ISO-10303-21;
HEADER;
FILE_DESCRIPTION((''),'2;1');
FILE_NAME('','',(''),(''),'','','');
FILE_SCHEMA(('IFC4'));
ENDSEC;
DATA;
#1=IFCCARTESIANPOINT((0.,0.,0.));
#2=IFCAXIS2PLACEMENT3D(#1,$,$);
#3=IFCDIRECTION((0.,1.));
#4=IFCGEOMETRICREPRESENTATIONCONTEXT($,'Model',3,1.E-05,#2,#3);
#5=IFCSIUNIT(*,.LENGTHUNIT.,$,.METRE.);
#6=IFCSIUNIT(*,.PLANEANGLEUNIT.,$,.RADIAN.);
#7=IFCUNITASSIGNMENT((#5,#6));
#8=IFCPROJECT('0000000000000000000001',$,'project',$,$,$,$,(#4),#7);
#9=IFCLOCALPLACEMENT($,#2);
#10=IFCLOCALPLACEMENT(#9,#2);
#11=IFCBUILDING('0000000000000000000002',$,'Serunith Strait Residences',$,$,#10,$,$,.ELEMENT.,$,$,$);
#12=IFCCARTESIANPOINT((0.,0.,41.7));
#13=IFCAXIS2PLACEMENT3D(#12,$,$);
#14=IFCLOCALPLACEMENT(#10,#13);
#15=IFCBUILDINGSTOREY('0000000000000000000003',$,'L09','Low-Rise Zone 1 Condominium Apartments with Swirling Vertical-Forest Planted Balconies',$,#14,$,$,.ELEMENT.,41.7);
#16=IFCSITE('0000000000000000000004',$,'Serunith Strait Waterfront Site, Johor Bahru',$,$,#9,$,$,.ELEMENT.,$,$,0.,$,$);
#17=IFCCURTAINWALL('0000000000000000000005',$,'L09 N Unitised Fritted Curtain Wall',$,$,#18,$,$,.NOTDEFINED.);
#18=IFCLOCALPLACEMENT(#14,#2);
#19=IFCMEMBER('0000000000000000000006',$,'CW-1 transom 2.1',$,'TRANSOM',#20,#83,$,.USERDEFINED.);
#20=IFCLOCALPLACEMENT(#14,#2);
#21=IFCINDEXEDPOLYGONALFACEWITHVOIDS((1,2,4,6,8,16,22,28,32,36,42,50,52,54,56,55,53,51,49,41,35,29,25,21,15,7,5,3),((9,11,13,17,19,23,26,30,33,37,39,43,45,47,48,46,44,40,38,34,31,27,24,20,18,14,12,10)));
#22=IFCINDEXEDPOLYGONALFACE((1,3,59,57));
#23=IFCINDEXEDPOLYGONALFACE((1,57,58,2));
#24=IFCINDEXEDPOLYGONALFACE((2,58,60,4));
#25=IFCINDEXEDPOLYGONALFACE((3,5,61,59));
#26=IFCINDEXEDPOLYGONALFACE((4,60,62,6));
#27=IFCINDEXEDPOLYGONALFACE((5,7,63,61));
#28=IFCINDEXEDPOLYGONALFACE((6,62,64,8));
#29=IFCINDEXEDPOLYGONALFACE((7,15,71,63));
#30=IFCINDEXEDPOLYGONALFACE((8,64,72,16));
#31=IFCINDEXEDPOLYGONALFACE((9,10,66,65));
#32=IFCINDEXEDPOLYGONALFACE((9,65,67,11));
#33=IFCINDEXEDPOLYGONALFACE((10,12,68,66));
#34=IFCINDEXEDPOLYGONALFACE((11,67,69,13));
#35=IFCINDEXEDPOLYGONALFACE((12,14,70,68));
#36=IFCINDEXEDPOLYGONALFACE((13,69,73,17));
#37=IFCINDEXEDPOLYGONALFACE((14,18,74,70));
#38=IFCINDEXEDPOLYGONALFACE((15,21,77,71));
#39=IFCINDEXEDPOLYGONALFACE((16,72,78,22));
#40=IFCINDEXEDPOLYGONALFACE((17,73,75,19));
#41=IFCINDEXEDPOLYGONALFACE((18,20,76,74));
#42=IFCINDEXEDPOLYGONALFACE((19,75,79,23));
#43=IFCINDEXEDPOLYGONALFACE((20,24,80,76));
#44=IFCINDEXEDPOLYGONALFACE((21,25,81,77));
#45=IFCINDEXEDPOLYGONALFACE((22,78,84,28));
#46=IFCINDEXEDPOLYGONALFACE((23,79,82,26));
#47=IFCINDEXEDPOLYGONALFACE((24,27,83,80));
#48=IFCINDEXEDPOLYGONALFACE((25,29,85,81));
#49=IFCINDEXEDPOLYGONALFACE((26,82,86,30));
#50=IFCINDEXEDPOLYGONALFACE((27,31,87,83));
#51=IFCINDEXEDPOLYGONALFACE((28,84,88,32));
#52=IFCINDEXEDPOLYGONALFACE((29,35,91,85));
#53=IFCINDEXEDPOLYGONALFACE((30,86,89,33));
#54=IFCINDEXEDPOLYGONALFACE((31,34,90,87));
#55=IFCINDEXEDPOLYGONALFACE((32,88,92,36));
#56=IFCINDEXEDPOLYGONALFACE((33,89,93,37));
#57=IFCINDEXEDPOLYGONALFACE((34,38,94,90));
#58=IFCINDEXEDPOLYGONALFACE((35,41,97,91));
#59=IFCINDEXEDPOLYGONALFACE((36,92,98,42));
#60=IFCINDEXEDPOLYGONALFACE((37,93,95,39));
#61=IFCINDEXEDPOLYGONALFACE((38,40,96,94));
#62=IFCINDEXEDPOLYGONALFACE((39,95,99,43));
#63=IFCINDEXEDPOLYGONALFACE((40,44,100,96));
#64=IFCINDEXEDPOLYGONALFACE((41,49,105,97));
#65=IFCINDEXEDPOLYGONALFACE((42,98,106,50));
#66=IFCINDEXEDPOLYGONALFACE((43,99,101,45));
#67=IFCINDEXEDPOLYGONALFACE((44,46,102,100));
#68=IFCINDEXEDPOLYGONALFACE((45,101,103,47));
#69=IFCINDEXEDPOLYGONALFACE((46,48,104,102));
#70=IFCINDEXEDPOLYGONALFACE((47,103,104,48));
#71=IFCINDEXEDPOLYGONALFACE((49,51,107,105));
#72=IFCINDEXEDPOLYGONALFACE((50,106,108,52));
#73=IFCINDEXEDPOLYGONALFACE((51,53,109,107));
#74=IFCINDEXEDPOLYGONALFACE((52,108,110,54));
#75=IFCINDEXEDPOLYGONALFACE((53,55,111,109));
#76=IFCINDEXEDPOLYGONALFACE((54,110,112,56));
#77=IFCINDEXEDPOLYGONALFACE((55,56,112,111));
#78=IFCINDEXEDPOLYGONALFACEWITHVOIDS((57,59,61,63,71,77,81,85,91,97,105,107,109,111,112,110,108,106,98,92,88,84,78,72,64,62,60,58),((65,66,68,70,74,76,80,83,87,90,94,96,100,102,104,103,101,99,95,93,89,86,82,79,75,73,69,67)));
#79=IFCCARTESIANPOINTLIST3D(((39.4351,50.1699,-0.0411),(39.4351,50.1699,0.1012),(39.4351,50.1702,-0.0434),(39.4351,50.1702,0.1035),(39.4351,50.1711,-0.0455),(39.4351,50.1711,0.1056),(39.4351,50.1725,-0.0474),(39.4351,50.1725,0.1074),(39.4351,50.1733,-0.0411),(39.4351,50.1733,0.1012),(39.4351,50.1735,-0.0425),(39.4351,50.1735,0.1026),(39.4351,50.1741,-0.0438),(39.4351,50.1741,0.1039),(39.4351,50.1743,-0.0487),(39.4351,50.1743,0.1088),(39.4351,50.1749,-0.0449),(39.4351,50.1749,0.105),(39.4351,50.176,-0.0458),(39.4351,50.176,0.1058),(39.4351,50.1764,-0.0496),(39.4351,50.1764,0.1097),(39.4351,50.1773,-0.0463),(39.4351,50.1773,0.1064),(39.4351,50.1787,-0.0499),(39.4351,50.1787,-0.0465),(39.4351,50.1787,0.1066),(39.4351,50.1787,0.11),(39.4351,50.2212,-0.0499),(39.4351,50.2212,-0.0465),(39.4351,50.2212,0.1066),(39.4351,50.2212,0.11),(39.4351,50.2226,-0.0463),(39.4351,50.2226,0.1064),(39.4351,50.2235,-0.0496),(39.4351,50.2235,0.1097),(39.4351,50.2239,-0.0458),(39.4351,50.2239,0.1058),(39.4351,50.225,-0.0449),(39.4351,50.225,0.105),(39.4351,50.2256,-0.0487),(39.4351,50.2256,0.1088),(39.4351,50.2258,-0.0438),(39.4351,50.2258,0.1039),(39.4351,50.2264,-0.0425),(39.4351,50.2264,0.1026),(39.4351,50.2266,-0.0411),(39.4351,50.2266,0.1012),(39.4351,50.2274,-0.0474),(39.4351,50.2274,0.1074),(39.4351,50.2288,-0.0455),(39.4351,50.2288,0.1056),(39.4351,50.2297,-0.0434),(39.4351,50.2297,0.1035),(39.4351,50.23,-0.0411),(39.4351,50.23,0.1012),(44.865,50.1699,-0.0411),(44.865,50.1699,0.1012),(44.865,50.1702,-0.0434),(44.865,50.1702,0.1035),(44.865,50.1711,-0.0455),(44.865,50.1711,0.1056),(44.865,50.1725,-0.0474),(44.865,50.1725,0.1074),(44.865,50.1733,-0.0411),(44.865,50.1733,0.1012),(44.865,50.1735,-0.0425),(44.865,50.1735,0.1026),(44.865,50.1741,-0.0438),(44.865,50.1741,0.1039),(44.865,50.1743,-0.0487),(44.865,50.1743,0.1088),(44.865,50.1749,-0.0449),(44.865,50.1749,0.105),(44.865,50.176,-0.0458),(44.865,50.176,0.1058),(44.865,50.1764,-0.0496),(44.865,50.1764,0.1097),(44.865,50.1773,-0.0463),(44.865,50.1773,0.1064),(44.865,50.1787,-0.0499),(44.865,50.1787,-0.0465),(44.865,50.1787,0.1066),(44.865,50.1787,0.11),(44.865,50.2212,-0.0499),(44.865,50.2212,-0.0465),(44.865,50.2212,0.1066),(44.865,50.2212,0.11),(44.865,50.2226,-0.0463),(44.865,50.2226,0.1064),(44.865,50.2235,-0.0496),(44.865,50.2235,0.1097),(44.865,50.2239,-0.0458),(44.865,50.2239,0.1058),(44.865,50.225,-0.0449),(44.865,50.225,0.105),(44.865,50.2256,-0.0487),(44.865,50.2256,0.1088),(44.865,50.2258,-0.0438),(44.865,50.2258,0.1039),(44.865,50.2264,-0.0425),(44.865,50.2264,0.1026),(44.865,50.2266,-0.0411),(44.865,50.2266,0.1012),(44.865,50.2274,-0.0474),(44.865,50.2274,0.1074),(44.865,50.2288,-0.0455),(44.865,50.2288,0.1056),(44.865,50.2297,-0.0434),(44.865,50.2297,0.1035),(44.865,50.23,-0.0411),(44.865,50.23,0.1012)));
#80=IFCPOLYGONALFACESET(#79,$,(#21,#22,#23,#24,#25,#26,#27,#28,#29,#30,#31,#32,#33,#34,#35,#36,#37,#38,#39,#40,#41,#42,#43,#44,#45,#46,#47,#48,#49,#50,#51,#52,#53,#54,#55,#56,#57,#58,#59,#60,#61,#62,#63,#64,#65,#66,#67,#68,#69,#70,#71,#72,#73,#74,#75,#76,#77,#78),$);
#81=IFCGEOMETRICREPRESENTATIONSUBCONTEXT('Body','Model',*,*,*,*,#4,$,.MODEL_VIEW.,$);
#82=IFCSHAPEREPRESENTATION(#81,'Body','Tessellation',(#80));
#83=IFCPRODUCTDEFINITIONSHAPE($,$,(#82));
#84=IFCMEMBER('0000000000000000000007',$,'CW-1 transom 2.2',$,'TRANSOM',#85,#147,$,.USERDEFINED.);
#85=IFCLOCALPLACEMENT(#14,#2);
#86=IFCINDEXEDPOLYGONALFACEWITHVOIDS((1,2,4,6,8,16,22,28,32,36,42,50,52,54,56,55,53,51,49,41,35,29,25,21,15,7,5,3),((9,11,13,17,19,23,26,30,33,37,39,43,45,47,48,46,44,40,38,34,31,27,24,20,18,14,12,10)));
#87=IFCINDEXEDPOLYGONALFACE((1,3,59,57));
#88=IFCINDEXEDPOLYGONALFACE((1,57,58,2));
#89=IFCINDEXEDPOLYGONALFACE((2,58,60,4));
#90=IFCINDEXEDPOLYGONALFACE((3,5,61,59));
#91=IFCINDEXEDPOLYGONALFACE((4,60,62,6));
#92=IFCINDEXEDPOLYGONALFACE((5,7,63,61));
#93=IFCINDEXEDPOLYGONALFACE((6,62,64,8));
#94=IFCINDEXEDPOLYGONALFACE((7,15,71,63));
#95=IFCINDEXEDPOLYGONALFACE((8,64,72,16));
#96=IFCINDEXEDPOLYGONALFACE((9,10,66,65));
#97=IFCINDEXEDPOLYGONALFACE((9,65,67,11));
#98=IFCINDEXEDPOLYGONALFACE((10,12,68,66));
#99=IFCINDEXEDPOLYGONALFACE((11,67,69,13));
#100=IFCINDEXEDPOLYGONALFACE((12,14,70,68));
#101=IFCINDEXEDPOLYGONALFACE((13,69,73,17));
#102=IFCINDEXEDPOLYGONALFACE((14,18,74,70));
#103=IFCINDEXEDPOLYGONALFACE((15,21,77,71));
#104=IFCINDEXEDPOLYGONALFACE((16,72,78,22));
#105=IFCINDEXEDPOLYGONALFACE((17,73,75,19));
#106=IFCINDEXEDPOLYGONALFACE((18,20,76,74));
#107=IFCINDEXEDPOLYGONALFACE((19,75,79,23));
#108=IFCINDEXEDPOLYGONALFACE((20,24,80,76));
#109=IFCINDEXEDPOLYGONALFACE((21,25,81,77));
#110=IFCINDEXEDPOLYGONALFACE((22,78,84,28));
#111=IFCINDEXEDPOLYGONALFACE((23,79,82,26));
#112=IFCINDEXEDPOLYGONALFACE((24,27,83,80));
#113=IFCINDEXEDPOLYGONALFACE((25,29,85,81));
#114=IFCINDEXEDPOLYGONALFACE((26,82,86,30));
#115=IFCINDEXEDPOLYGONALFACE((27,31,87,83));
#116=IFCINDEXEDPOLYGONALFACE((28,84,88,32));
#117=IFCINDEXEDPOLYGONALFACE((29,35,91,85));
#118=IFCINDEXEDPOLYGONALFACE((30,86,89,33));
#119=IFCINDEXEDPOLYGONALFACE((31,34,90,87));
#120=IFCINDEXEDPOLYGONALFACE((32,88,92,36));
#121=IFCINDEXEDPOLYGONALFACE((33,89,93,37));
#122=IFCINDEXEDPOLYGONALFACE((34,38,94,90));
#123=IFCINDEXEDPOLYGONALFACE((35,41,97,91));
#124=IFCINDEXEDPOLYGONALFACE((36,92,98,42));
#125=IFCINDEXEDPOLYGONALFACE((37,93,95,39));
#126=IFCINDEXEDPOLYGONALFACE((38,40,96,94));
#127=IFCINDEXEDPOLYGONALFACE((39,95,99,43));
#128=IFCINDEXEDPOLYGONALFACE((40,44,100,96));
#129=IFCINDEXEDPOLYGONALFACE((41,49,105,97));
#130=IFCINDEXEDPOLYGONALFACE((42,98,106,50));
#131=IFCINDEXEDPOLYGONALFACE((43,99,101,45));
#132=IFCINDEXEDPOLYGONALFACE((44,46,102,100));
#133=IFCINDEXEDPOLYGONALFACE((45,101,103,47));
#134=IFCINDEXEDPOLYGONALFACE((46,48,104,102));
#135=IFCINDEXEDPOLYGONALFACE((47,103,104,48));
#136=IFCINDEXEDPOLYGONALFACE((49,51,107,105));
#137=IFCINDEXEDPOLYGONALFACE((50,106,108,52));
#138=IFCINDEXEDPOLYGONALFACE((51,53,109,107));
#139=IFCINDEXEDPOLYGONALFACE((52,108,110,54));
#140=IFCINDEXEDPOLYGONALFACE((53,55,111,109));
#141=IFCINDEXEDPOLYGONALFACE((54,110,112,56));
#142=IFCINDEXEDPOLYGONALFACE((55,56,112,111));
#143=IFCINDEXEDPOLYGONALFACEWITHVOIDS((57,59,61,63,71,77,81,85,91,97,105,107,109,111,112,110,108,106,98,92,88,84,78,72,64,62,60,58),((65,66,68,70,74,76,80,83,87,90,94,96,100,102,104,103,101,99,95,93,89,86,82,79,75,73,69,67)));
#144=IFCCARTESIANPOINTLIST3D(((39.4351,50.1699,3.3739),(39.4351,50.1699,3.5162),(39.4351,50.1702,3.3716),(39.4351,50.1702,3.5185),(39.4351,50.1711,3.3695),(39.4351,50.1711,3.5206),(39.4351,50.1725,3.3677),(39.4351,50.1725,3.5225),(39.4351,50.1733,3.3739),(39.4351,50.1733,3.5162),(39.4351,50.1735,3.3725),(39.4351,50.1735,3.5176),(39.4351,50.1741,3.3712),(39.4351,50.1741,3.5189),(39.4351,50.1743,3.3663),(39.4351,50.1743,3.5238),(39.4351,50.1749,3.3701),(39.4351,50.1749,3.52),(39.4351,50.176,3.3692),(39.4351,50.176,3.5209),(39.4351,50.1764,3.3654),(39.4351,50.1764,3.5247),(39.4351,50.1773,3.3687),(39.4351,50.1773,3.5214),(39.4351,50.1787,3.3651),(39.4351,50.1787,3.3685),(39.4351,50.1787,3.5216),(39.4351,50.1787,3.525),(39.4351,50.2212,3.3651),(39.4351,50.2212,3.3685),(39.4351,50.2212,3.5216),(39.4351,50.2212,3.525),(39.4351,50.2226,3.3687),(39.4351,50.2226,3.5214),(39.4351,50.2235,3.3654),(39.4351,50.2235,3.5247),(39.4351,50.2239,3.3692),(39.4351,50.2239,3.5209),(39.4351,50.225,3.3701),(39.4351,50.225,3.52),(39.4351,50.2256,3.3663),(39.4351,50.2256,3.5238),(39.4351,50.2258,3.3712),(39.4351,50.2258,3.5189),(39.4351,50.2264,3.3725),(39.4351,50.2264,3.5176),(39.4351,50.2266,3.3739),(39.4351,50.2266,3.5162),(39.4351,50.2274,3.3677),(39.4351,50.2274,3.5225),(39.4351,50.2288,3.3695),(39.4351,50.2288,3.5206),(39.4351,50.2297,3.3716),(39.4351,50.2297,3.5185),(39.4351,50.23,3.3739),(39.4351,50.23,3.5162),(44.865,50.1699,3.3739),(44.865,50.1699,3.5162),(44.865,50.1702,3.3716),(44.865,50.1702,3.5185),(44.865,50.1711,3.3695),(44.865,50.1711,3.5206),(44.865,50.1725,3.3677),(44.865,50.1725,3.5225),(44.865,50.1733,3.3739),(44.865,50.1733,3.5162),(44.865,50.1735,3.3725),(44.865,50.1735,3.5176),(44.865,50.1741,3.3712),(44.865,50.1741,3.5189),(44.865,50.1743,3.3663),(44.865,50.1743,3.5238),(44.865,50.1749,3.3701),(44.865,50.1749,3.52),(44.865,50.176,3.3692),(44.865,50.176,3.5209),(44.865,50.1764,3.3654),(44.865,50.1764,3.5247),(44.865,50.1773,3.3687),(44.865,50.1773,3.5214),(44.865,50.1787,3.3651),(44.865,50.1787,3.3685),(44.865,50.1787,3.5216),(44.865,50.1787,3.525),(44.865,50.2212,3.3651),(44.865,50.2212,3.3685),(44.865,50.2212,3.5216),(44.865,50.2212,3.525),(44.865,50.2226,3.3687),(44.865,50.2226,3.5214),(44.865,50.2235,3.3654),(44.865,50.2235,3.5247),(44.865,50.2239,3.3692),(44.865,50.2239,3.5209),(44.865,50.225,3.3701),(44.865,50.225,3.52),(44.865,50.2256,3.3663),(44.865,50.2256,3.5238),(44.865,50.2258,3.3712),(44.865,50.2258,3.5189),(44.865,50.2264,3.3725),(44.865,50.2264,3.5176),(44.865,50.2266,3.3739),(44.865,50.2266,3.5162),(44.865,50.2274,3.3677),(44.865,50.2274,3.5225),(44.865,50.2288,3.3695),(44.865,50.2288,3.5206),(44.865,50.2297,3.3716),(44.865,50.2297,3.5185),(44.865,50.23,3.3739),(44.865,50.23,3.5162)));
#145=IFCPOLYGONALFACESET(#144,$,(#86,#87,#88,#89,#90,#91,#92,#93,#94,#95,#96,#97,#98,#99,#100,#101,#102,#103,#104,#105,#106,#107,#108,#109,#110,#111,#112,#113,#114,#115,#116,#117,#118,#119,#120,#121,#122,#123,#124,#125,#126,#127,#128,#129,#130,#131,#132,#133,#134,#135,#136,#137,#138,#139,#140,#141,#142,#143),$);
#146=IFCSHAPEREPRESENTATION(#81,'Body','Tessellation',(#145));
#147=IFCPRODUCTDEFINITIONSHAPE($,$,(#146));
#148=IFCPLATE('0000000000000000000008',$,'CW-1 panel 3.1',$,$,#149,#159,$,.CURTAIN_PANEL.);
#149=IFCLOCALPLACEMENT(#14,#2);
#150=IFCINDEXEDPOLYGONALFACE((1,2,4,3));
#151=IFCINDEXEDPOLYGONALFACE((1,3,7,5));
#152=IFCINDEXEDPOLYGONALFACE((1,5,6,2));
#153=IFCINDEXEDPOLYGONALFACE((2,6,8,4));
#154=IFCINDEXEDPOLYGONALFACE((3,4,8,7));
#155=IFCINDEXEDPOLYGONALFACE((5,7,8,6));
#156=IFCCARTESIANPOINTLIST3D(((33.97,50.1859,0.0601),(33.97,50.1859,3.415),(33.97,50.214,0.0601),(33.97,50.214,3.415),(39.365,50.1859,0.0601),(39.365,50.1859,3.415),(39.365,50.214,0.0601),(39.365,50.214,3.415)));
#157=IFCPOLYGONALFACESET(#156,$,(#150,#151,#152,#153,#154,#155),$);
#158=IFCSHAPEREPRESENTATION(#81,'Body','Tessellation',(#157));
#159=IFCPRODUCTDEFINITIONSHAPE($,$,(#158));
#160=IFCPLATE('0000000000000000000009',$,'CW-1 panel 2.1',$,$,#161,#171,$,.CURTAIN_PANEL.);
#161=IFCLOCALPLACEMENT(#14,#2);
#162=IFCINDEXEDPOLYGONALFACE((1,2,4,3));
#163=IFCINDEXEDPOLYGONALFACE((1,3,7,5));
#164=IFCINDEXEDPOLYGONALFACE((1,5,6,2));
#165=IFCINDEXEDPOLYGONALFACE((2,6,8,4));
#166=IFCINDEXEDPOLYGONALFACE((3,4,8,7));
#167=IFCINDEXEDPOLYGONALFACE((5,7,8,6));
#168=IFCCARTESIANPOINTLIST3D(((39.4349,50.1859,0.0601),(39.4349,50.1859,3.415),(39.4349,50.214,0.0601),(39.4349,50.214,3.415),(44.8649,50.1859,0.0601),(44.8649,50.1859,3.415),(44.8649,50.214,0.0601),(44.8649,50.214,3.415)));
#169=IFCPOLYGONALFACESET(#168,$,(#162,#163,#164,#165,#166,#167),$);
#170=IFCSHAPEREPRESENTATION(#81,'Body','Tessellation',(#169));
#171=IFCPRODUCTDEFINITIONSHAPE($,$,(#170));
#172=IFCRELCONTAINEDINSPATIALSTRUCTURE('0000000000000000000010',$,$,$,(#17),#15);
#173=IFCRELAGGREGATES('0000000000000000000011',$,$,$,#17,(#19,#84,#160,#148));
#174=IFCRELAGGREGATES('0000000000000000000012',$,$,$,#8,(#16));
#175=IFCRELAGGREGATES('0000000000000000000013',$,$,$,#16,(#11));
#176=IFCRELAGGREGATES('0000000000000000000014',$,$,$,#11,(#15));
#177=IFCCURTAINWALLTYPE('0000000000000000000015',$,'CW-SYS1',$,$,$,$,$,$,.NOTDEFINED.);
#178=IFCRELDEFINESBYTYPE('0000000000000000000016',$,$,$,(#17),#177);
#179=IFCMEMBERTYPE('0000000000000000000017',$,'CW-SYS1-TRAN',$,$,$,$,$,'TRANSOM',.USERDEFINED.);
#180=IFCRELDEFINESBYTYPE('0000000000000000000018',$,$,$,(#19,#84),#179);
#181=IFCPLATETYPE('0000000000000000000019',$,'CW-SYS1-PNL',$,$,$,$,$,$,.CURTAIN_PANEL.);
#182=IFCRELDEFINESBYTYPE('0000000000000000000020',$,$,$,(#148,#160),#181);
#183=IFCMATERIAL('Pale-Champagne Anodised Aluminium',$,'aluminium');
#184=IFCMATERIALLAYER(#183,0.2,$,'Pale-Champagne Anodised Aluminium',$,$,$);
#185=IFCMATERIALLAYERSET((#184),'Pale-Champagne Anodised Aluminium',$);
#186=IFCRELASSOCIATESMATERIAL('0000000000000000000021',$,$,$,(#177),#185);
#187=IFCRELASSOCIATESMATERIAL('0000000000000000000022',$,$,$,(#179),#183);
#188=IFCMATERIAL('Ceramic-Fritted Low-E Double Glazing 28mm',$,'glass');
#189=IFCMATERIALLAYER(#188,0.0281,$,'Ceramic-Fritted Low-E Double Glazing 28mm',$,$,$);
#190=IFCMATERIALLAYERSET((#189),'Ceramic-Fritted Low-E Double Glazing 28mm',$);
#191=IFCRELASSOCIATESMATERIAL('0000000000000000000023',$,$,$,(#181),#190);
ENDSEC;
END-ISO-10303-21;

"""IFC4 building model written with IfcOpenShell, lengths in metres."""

from ifc_helpers import new_model, si_unit, direction, frame, origin, origin_2d, place, context, subcontext, project, spatial, rectangle, hollow_rectangle, extrude, source, transform, mapped, material, layer, layer_set, material_profile, profile_set, type_object, element, aggregate, save


model = new_model("IFC4")

# Units and contexts
model_context = context("Model", 3, precision=1e-05, world=origin(), true_north=direction((0.0, 1.0)))
body_context = subcontext(model_context, "Body", "Model", "MODEL_VIEW")
ifc_project = project(units=[si_unit("LENGTHUNIT", "METRE"), si_unit("PLANEANGLEUNIT", "RADIAN")], contexts=[model_context])

# Site, building, storey
site_placement = place(None, origin())
site = spatial("IfcSite", under=ifc_project, at=site_placement, Name="Serunith Strait Waterfront Site, Johor Bahru", CompositionType="ELEMENT", RefElevation=0.0)
building_placement = place(site_placement, origin())
building = spatial("IfcBuilding", under=site, at=building_placement, Name="Serunith Strait Residences", CompositionType="ELEMENT")
storey_placement = place(building_placement, frame((0.0, 0.0, 41.7)))
storey = spatial("IfcBuildingStorey", under=building, at=storey_placement, Name="L09", Description="Low-Rise Zone 1 Condominium Apartments with Swirling Vertical-Forest Planted Balconies", CompositionType="ELEMENT", Elevation=41.7)

# Curtain wall
ifc_material_1 = material(Name="Pale-Champagne Anodised Aluminium", Category="aluminium")
ifc_layer_1 = layer(ifc_material_1, 0.2, Name="Pale-Champagne Anodised Aluminium")
ifc_layer_set_1 = layer_set([ifc_layer_1], Name="Pale-Champagne Anodised Aluminium")
curtain_wall_type = type_object("IfcCurtainWallType", Name="CW-SYS1", PredefinedType="NOTDEFINED", material=ifc_layer_set_1)
curtain_wall_1_placement = place(storey_placement, origin())
curtain_wall_1 = element("IfcCurtainWall", 1, at=curtain_wall_1_placement, inside=storey, type_object=curtain_wall_type, Name="L09 N Unitised Fritted Curtain Wall", PredefinedType="NOTDEFINED")

# Members
ifc_material_profile_1 = material_profile(ifc_material_1, hollow_rectangle(XDim=0.0601, YDim=0.1599, WallThickness=0.0034, InnerFilletRadius=0.0054, OuterFilletRadius=0.0088, at=origin_2d()), Name="ALU 160x60x3.5")
ifc_profile_set_1 = profile_set([ifc_material_profile_1], Name="Pale-Champagne Anodised Aluminium")
member_type_1 = type_object("IfcMemberType", Name="CW-SYS1-TRAN", ElementType="TRANSOM", PredefinedType="USERDEFINED", material=ifc_profile_set_1)
shared_shape_1 = source(origin(), body_context, "Body", "SweptSolid", [
    extrude(hollow_rectangle(XDim=0.0601, YDim=0.1599, WallThickness=0.0034, InnerFilletRadius=0.0054, OuterFilletRadius=0.0088, at=origin_2d()), origin(), (0.0, 0.0, 1.0), 5.4299),
])
member_1_placement = place(storey_placement, frame((44.865, 50.2, 0.03), z_axis=(-1.0, 0.0, 0.0), x_axis=(0.0, -1.0, 0.0)))
member_1 = element("IfcMember", 2, at=member_1_placement, type_object=member_type_1, Name="CW-1 transom 2.1", ObjectType="TRANSOM", PredefinedType="USERDEFINED", context=body_context, shape_type="MappedRepresentation", body=[
    mapped(shared_shape_1, transform((0.0, 0.0, 0.0), scale=1.0)),
])
member_2_placement = place(storey_placement, frame((44.865, 50.2, 3.4451), z_axis=(-1.0, 0.0, 0.0), x_axis=(0.0, -1.0, 0.0)))
member_2 = element("IfcMember", 3, at=member_2_placement, type_object=member_type_1, Name="CW-1 transom 2.2", ObjectType="TRANSOM", PredefinedType="USERDEFINED", context=body_context, shape_type="MappedRepresentation", body=[
    mapped(shared_shape_1, transform((0.0, 0.0, 0.0), scale=1.0)),
])

# Plates
ifc_material_2 = material(Name="Ceramic-Fritted Low-E Double Glazing 28mm", Category="glass")
ifc_layer_2 = layer(ifc_material_2, 0.0281, Name="Ceramic-Fritted Low-E Double Glazing 28mm")
ifc_layer_set_2 = layer_set([ifc_layer_2], Name="Ceramic-Fritted Low-E Double Glazing 28mm")
plate_type = type_object("IfcPlateType", Name="CW-SYS1-PNL", PredefinedType="CURTAIN_PANEL", material=ifc_layer_set_2)
shared_shape_2 = source(origin(), body_context, "Body", "SweptSolid", [
    extrude(rectangle(XDim=5.395, YDim=0.0281, at=origin_2d()), origin(), (0.0, 0.0, 1.0), 3.355),
])
plate_1_placement = place(storey_placement, frame((36.6675, 50.2, 0.0601), z_axis=(0.0, 0.0, 1.0), x_axis=(-1.0, 0.0, 0.0)))
plate_1 = element("IfcPlate", 4, at=plate_1_placement, type_object=plate_type, Name="CW-1 panel 3.1", PredefinedType="CURTAIN_PANEL", context=body_context, shape_type="MappedRepresentation", body=[
    mapped(shared_shape_2, transform((0.0, 0.0, 0.0), scale=1.0)),
])
shared_shape_3 = source(origin(), body_context, "Body", "SweptSolid", [
    extrude(rectangle(XDim=5.4299, YDim=0.0281, at=origin_2d()), origin(), (0.0, 0.0, 1.0), 3.355),
])
plate_2_placement = place(storey_placement, frame((42.1499, 50.2, 0.0601), z_axis=(0.0, 0.0, 1.0), x_axis=(-1.0, 0.0, 0.0)))
plate_2 = element("IfcPlate", 5, at=plate_2_placement, type_object=plate_type, Name="CW-1 panel 2.1", PredefinedType="CURTAIN_PANEL", context=body_context, shape_type="MappedRepresentation", body=[
    mapped(shared_shape_3, transform((0.0, 0.0, 0.0), scale=1.0)),
])
aggregate(curtain_wall_1, [member_1, member_2, plate_2, plate_1])

save(model, "model.ifc")
